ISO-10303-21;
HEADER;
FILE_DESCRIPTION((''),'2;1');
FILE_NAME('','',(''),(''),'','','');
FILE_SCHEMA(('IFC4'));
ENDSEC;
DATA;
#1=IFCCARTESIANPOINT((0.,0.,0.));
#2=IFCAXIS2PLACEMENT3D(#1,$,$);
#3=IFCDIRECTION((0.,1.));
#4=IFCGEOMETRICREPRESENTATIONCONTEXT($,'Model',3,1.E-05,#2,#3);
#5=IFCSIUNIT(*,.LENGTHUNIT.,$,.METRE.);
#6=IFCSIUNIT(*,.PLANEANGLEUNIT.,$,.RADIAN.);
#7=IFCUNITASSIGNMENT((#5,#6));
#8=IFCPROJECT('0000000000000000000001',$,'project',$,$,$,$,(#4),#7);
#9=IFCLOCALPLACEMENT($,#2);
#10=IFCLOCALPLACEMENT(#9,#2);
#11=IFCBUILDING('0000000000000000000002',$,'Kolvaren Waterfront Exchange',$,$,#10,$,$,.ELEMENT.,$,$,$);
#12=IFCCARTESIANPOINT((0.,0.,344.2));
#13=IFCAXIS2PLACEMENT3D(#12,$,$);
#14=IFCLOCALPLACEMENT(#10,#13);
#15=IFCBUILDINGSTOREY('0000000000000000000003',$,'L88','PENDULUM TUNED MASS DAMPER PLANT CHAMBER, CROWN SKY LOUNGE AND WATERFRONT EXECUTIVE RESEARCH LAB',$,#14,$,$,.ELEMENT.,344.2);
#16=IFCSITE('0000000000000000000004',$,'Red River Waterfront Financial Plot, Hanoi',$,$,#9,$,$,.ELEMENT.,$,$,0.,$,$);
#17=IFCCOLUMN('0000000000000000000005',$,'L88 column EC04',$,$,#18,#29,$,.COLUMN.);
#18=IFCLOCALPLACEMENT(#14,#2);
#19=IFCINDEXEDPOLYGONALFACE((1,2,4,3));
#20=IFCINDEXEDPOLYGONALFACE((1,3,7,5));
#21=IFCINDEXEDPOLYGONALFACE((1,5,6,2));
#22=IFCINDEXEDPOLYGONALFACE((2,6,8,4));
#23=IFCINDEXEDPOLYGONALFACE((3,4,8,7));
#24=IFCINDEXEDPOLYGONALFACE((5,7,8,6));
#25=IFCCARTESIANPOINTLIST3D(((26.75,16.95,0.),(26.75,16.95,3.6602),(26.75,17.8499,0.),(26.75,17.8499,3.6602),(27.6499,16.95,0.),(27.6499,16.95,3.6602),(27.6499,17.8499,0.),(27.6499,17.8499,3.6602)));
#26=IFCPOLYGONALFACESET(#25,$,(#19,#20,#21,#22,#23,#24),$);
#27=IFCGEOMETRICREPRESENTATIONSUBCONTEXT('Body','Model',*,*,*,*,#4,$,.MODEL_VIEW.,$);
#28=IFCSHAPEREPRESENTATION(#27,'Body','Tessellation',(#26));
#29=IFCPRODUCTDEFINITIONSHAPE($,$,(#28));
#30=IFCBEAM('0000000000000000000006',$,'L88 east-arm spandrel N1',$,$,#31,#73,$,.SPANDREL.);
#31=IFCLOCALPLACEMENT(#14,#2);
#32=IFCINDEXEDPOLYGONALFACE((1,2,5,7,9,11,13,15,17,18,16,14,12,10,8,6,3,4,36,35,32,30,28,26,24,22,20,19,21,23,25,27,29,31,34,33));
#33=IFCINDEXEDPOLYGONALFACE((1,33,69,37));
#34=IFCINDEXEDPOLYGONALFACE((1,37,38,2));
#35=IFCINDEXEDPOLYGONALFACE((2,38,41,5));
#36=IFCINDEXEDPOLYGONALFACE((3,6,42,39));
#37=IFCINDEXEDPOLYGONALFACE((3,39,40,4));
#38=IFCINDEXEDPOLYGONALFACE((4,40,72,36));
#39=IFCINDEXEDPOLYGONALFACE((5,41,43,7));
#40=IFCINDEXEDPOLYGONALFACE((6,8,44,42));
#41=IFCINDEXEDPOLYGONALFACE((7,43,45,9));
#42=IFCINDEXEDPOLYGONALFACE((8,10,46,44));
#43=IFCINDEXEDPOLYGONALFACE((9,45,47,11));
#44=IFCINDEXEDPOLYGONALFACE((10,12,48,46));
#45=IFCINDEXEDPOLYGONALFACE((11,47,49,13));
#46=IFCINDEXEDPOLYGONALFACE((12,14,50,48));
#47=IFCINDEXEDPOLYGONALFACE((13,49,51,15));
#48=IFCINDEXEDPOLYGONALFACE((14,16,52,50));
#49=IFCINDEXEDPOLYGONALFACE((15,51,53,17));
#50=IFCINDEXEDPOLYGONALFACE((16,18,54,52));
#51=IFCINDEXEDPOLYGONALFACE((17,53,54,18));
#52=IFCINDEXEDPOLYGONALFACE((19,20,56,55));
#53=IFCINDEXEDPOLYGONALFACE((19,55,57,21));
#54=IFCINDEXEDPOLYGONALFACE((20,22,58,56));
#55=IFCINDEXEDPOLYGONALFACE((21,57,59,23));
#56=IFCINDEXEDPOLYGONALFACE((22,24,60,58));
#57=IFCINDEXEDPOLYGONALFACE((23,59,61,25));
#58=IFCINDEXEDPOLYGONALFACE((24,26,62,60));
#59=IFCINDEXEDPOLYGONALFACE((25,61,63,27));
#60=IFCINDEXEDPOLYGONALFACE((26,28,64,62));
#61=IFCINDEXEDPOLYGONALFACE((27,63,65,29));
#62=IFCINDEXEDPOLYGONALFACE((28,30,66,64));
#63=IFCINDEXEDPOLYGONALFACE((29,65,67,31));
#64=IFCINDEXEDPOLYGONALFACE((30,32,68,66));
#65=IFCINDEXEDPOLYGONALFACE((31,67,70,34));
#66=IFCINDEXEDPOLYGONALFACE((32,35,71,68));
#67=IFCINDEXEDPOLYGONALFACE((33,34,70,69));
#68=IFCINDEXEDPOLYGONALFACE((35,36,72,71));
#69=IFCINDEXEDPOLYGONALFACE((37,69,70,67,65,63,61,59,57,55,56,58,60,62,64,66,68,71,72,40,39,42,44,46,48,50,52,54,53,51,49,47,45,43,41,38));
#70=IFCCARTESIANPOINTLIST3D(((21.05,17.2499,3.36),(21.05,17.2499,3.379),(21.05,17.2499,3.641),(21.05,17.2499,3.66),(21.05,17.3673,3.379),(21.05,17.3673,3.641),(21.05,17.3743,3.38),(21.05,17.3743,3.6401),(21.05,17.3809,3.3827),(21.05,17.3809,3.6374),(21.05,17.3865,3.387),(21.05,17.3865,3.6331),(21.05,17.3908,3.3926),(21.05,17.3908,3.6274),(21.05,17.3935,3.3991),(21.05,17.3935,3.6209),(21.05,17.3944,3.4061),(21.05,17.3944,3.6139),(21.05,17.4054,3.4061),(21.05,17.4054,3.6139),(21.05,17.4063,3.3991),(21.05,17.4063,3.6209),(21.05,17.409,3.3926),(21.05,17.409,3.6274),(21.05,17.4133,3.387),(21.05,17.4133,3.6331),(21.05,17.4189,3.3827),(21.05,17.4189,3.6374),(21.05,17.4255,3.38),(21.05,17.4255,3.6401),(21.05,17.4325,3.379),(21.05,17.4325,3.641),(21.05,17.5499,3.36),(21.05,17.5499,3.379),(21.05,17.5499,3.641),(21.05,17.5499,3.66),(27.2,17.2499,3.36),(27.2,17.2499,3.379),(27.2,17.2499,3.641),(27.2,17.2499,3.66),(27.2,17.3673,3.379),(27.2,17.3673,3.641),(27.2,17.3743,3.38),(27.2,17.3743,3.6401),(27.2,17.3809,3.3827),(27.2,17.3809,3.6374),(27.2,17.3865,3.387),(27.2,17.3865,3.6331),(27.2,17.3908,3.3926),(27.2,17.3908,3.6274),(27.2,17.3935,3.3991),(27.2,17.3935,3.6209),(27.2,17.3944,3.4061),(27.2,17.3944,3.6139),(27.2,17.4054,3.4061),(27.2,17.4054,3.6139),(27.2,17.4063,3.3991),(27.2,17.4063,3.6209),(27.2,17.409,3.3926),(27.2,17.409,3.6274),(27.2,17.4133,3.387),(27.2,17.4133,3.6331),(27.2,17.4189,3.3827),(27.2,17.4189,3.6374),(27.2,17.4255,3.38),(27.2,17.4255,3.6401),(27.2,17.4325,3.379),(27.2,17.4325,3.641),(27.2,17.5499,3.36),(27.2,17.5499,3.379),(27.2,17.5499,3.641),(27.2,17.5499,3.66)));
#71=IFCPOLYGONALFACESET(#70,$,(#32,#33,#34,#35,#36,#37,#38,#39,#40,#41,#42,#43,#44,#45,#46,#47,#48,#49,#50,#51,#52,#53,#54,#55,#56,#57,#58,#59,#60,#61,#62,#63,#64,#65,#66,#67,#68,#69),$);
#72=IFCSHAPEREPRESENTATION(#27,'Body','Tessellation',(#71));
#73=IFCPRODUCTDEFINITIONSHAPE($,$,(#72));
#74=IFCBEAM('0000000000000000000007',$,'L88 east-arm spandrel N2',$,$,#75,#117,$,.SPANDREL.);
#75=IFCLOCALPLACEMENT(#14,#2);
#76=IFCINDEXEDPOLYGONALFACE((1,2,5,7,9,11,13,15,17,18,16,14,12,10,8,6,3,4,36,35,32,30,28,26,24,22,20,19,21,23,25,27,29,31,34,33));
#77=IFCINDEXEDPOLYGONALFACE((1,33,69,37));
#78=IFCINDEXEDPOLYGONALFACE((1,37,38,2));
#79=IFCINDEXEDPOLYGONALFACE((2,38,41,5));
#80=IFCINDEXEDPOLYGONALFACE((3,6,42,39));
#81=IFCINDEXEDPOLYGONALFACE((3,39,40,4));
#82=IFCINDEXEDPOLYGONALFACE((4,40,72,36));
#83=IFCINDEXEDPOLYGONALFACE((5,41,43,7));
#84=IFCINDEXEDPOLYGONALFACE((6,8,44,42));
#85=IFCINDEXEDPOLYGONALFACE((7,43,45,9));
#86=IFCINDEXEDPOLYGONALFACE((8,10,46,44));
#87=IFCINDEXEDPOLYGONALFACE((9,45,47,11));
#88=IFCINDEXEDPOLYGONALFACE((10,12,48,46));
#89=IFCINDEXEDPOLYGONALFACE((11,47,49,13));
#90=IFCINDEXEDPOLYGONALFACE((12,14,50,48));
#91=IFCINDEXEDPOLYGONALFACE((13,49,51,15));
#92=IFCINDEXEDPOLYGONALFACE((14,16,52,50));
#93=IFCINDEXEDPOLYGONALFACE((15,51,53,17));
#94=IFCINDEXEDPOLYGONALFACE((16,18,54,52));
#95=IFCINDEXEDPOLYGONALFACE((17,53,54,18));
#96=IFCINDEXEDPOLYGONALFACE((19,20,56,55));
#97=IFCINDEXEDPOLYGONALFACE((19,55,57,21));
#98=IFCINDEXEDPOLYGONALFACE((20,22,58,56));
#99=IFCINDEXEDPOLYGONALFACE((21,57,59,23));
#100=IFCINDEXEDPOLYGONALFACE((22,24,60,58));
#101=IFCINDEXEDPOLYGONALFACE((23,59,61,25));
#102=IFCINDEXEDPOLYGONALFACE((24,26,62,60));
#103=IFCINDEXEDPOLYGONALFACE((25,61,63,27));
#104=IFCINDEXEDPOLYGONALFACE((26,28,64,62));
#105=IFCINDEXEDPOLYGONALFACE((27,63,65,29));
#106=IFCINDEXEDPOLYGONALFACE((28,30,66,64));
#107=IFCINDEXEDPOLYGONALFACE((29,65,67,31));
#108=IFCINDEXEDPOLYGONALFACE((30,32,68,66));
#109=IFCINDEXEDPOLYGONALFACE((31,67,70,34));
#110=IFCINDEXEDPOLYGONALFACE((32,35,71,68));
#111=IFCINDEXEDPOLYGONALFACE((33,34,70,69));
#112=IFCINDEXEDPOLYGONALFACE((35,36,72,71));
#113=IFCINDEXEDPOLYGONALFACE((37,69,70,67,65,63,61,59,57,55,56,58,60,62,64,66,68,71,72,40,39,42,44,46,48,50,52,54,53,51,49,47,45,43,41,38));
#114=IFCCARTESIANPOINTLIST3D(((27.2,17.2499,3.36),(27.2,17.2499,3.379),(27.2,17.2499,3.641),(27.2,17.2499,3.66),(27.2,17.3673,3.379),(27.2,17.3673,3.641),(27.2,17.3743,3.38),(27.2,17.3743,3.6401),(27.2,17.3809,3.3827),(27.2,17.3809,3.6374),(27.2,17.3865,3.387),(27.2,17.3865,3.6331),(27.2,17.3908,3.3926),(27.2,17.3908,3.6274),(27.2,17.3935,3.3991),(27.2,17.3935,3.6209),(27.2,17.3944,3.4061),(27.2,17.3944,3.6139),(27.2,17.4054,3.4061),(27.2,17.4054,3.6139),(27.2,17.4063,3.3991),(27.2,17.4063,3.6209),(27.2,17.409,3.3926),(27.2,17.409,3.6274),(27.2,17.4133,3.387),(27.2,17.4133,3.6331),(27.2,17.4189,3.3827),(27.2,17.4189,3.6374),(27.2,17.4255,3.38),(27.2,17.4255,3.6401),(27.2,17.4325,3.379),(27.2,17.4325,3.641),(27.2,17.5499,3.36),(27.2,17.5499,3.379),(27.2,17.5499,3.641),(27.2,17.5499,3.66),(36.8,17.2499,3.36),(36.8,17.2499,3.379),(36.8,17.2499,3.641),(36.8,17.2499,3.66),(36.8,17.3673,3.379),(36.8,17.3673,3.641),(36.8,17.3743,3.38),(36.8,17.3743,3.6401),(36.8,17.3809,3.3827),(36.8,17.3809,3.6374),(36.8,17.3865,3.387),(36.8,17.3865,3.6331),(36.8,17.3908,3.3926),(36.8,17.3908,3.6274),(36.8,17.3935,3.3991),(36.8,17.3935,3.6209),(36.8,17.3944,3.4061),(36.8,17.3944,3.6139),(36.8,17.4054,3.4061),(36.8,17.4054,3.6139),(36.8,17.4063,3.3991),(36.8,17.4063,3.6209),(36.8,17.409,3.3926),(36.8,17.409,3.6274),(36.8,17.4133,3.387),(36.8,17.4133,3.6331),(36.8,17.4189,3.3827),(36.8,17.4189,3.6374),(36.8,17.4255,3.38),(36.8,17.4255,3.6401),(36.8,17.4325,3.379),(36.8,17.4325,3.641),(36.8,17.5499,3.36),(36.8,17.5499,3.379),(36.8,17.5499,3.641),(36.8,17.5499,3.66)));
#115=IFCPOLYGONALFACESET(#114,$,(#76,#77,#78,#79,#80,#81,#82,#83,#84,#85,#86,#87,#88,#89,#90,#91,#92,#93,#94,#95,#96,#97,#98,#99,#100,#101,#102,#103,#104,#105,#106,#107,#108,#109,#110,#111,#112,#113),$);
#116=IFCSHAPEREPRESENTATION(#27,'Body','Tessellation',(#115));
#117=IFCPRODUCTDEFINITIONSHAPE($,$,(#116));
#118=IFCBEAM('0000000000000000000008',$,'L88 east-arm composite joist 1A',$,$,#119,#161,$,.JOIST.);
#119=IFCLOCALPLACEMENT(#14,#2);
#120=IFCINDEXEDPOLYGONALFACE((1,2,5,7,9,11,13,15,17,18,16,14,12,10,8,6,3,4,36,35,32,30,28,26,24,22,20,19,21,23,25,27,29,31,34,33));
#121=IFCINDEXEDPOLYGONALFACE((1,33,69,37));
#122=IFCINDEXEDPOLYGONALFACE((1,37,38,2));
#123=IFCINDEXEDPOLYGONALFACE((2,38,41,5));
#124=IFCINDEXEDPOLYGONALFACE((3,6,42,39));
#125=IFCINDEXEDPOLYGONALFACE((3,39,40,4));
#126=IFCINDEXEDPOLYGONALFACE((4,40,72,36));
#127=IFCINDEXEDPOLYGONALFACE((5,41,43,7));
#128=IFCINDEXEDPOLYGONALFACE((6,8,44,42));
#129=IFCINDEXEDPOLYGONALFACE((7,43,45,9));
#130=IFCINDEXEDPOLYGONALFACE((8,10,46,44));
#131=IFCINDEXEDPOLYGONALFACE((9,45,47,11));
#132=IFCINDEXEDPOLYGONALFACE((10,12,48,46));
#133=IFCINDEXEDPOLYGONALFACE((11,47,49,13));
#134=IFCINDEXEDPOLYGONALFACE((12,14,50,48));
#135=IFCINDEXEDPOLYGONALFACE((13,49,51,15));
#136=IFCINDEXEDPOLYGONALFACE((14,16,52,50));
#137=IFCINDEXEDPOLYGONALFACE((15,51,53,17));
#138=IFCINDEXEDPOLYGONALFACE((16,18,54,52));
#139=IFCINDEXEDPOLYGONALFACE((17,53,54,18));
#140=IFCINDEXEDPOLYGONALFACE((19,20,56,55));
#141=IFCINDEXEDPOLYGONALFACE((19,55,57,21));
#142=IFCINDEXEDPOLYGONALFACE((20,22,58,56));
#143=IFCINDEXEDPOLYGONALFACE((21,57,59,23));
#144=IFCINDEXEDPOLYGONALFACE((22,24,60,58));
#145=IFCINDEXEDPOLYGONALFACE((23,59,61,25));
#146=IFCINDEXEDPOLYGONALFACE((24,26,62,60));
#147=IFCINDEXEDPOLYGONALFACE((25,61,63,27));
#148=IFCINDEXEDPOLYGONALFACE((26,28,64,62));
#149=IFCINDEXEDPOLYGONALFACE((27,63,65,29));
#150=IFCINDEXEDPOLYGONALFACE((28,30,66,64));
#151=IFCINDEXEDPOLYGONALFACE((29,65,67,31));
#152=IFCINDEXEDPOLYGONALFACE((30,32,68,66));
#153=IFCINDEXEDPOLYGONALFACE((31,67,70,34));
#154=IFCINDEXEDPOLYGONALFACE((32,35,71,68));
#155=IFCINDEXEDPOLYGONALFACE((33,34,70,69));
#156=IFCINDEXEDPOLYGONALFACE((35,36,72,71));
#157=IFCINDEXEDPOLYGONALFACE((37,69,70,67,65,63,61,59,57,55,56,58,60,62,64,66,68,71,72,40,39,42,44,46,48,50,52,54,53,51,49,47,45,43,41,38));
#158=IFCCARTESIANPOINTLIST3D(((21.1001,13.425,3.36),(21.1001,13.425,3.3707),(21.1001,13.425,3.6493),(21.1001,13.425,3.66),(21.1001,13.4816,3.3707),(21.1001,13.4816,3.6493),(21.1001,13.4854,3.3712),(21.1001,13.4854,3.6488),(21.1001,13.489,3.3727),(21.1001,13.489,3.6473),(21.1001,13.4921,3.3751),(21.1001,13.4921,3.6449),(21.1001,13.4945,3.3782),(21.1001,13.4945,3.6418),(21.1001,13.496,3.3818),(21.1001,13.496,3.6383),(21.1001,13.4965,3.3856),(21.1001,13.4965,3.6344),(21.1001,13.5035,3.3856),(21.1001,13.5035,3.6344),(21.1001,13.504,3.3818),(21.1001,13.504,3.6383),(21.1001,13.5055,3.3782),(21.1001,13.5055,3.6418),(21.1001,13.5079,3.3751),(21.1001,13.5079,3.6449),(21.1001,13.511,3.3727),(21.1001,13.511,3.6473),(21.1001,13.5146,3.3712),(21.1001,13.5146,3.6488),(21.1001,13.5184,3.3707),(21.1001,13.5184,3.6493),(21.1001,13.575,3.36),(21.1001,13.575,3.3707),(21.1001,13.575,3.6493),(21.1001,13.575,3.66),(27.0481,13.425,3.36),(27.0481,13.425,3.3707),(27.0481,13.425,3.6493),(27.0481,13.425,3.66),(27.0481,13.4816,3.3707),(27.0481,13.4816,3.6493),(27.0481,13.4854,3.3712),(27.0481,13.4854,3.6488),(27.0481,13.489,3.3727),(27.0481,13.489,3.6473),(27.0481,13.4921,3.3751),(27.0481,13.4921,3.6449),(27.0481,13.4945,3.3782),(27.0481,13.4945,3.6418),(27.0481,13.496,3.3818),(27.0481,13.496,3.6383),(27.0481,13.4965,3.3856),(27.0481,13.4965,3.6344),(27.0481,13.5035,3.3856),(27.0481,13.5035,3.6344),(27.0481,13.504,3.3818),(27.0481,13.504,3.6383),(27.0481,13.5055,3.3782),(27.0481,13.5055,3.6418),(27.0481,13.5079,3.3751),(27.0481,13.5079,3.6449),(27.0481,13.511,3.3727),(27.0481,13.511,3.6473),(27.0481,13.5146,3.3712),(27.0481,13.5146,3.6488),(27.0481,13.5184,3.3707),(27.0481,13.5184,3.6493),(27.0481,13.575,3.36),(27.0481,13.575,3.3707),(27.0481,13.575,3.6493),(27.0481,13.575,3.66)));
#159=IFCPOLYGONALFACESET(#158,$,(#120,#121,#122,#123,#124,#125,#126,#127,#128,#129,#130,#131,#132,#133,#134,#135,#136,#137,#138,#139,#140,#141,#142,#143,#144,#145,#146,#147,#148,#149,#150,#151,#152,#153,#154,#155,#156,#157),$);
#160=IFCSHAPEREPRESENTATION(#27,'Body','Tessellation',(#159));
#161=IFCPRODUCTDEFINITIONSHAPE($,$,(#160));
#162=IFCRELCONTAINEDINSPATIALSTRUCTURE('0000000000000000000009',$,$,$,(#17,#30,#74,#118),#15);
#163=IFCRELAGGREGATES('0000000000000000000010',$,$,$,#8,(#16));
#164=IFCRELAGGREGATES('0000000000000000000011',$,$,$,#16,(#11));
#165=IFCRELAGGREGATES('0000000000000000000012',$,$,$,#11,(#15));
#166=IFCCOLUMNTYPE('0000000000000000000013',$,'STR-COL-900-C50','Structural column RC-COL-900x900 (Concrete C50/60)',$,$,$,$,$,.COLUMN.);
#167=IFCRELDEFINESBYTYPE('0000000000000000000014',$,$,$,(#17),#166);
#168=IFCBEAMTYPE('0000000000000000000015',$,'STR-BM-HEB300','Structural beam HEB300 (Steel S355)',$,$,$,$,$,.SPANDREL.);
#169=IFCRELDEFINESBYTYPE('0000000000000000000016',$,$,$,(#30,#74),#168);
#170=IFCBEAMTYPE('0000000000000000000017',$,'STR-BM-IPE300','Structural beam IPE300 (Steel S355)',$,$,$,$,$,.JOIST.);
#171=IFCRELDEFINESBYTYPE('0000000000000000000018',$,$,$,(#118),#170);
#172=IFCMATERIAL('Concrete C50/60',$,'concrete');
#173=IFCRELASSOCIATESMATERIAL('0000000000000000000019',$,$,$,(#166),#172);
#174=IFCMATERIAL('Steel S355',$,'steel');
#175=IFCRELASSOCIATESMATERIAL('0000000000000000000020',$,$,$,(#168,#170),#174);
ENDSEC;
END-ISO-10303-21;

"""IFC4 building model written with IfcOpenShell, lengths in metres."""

from ifc_helpers import new_model, si_unit, direction, frame, origin, origin_2d, place, context, subcontext, project, spatial, rectangle, i_section, extrude, material, material_profile, profile_set, type_object, element, save


model = new_model("IFC4")

# Units and contexts
model_context = context("Model", 3, precision=1e-05, world=origin(), true_north=direction((0.0, 1.0)))
body_context = subcontext(model_context, "Body", "Model", "MODEL_VIEW")
ifc_project = project(units=[si_unit("LENGTHUNIT", "METRE"), si_unit("PLANEANGLEUNIT", "RADIAN")], contexts=[model_context])

# Site, building, storey
site_placement = place(None, origin())
site = spatial("IfcSite", under=ifc_project, at=site_placement, Name="Red River Waterfront Financial Plot, Hanoi", CompositionType="ELEMENT", RefElevation=0.0)
building_placement = place(site_placement, origin())
building = spatial("IfcBuilding", under=site, at=building_placement, Name="Kolvaren Waterfront Exchange", CompositionType="ELEMENT")
storey_placement = place(building_placement, frame((0.0, 0.0, 344.2)))
storey = spatial("IfcBuildingStorey", under=building, at=storey_placement, Name="L88", Description="PENDULUM TUNED MASS DAMPER PLANT CHAMBER, CROWN SKY LOUNGE AND WATERFRONT EXECUTIVE RESEARCH LAB", CompositionType="ELEMENT", Elevation=344.2)

# Column
ifc_material_1 = material(Name="Concrete C50/60", Category="concrete")
ifc_material_profile_1 = material_profile(ifc_material_1, rectangle(XDim=0.8999, YDim=0.8999, at=origin_2d()), Name="RC-COL-900x900")
ifc_profile_set_1 = profile_set([ifc_material_profile_1], Name="Concrete C50/60")
column_type = type_object("IfcColumnType", Name="STR-COL-900-C50", Description="Structural column RC-COL-900x900 (Concrete C50/60)", PredefinedType="COLUMN", material=ifc_profile_set_1)
column_placement = place(storey_placement, frame((27.2, 17.3999, 0.0), z_axis=(0.0, 0.0, 1.0), x_axis=(1.0, 0.0, 0.0)))
element("IfcColumn", 1, at=column_placement, inside=storey, type_object=column_type, Name="L88 column EC04", PredefinedType="COLUMN", context=body_context, shape_type="SweptSolid", body=[
    extrude(rectangle(XDim=0.8999, YDim=0.8999, at=origin_2d()), origin(), (0.0, 0.0, 1.0), 3.6602),
])

# Beams
ifc_material_2 = material(Name="Steel S355", Category="steel")
ifc_material_profile_2 = material_profile(ifc_material_2, i_section(OverallWidth=0.3, OverallDepth=0.3, WebThickness=0.011, FlangeThickness=0.019, FilletRadius=0.0271, at=origin_2d()), Name="HEB300")
ifc_profile_set_2 = profile_set([ifc_material_profile_2], Name="Steel S355")
beam_type_1 = type_object("IfcBeamType", Name="STR-BM-HEB300", Description="Structural beam HEB300 (Steel S355)", PredefinedType="SPANDREL", material=ifc_profile_set_2)
beam_1_placement = place(storey_placement, frame((21.05, 17.3999, 3.51), z_axis=(1.0, 0.0, 0.0), x_axis=(0.0, 1.0, 0.0)))
element("IfcBeam", 2, at=beam_1_placement, inside=storey, type_object=beam_type_1, Name="L88 east-arm spandrel N1", PredefinedType="SPANDREL", context=body_context, shape_type="SweptSolid", body=[
    extrude(i_section(OverallWidth=0.3, OverallDepth=0.3, WebThickness=0.011, FlangeThickness=0.019, FilletRadius=0.0271, at=origin_2d()), origin(), (0.0, 0.0, 1.0), 6.1499),
])
beam_2_placement = place(storey_placement, frame((27.2, 17.3999, 3.51), z_axis=(1.0, 0.0, 0.0), x_axis=(0.0, 1.0, 0.0)))
element("IfcBeam", 3, at=beam_2_placement, inside=storey, type_object=beam_type_1, Name="L88 east-arm spandrel N2", PredefinedType="SPANDREL", context=body_context, shape_type="SweptSolid", body=[
    extrude(i_section(OverallWidth=0.3, OverallDepth=0.3, WebThickness=0.011, FlangeThickness=0.019, FilletRadius=0.0271, at=origin_2d()), origin(), (0.0, 0.0, 1.0), 9.6001),
])
ifc_material_profile_3 = material_profile(ifc_material_2, i_section(OverallWidth=0.1499, OverallDepth=0.3, WebThickness=0.0071, FlangeThickness=0.0107, FilletRadius=0.0149, at=origin_2d()), Name="IPE300")
ifc_profile_set_3 = profile_set([ifc_material_profile_3], Name="Steel S355")
beam_type_2 = type_object("IfcBeamType", Name="STR-BM-IPE300", Description="Structural beam IPE300 (Steel S355)", PredefinedType="JOIST", material=ifc_profile_set_3)
for number, where, z_axis, x_axis, name in (
    (4, (21.1001, 13.5, 3.51), (1.0, 0.0, 0.0), (0.0, 1.0, 0.0), "L88 east-arm composite joist 1A"),
):
    element("IfcBeam", number, at=place(storey_placement, frame(where, z_axis=z_axis, x_axis=x_axis)), inside=storey, type_object=beam_type_2, Name=name, PredefinedType="JOIST", context=body_context, shape_type="SweptSolid", body=[
        extrude(i_section(OverallWidth=0.1499, OverallDepth=0.3, WebThickness=0.0071, FlangeThickness=0.0107, FilletRadius=0.0149, at=origin_2d()), origin(), (0.0, 0.0, 1.0), 5.948),
    ])

save(model, "model.ifc")
